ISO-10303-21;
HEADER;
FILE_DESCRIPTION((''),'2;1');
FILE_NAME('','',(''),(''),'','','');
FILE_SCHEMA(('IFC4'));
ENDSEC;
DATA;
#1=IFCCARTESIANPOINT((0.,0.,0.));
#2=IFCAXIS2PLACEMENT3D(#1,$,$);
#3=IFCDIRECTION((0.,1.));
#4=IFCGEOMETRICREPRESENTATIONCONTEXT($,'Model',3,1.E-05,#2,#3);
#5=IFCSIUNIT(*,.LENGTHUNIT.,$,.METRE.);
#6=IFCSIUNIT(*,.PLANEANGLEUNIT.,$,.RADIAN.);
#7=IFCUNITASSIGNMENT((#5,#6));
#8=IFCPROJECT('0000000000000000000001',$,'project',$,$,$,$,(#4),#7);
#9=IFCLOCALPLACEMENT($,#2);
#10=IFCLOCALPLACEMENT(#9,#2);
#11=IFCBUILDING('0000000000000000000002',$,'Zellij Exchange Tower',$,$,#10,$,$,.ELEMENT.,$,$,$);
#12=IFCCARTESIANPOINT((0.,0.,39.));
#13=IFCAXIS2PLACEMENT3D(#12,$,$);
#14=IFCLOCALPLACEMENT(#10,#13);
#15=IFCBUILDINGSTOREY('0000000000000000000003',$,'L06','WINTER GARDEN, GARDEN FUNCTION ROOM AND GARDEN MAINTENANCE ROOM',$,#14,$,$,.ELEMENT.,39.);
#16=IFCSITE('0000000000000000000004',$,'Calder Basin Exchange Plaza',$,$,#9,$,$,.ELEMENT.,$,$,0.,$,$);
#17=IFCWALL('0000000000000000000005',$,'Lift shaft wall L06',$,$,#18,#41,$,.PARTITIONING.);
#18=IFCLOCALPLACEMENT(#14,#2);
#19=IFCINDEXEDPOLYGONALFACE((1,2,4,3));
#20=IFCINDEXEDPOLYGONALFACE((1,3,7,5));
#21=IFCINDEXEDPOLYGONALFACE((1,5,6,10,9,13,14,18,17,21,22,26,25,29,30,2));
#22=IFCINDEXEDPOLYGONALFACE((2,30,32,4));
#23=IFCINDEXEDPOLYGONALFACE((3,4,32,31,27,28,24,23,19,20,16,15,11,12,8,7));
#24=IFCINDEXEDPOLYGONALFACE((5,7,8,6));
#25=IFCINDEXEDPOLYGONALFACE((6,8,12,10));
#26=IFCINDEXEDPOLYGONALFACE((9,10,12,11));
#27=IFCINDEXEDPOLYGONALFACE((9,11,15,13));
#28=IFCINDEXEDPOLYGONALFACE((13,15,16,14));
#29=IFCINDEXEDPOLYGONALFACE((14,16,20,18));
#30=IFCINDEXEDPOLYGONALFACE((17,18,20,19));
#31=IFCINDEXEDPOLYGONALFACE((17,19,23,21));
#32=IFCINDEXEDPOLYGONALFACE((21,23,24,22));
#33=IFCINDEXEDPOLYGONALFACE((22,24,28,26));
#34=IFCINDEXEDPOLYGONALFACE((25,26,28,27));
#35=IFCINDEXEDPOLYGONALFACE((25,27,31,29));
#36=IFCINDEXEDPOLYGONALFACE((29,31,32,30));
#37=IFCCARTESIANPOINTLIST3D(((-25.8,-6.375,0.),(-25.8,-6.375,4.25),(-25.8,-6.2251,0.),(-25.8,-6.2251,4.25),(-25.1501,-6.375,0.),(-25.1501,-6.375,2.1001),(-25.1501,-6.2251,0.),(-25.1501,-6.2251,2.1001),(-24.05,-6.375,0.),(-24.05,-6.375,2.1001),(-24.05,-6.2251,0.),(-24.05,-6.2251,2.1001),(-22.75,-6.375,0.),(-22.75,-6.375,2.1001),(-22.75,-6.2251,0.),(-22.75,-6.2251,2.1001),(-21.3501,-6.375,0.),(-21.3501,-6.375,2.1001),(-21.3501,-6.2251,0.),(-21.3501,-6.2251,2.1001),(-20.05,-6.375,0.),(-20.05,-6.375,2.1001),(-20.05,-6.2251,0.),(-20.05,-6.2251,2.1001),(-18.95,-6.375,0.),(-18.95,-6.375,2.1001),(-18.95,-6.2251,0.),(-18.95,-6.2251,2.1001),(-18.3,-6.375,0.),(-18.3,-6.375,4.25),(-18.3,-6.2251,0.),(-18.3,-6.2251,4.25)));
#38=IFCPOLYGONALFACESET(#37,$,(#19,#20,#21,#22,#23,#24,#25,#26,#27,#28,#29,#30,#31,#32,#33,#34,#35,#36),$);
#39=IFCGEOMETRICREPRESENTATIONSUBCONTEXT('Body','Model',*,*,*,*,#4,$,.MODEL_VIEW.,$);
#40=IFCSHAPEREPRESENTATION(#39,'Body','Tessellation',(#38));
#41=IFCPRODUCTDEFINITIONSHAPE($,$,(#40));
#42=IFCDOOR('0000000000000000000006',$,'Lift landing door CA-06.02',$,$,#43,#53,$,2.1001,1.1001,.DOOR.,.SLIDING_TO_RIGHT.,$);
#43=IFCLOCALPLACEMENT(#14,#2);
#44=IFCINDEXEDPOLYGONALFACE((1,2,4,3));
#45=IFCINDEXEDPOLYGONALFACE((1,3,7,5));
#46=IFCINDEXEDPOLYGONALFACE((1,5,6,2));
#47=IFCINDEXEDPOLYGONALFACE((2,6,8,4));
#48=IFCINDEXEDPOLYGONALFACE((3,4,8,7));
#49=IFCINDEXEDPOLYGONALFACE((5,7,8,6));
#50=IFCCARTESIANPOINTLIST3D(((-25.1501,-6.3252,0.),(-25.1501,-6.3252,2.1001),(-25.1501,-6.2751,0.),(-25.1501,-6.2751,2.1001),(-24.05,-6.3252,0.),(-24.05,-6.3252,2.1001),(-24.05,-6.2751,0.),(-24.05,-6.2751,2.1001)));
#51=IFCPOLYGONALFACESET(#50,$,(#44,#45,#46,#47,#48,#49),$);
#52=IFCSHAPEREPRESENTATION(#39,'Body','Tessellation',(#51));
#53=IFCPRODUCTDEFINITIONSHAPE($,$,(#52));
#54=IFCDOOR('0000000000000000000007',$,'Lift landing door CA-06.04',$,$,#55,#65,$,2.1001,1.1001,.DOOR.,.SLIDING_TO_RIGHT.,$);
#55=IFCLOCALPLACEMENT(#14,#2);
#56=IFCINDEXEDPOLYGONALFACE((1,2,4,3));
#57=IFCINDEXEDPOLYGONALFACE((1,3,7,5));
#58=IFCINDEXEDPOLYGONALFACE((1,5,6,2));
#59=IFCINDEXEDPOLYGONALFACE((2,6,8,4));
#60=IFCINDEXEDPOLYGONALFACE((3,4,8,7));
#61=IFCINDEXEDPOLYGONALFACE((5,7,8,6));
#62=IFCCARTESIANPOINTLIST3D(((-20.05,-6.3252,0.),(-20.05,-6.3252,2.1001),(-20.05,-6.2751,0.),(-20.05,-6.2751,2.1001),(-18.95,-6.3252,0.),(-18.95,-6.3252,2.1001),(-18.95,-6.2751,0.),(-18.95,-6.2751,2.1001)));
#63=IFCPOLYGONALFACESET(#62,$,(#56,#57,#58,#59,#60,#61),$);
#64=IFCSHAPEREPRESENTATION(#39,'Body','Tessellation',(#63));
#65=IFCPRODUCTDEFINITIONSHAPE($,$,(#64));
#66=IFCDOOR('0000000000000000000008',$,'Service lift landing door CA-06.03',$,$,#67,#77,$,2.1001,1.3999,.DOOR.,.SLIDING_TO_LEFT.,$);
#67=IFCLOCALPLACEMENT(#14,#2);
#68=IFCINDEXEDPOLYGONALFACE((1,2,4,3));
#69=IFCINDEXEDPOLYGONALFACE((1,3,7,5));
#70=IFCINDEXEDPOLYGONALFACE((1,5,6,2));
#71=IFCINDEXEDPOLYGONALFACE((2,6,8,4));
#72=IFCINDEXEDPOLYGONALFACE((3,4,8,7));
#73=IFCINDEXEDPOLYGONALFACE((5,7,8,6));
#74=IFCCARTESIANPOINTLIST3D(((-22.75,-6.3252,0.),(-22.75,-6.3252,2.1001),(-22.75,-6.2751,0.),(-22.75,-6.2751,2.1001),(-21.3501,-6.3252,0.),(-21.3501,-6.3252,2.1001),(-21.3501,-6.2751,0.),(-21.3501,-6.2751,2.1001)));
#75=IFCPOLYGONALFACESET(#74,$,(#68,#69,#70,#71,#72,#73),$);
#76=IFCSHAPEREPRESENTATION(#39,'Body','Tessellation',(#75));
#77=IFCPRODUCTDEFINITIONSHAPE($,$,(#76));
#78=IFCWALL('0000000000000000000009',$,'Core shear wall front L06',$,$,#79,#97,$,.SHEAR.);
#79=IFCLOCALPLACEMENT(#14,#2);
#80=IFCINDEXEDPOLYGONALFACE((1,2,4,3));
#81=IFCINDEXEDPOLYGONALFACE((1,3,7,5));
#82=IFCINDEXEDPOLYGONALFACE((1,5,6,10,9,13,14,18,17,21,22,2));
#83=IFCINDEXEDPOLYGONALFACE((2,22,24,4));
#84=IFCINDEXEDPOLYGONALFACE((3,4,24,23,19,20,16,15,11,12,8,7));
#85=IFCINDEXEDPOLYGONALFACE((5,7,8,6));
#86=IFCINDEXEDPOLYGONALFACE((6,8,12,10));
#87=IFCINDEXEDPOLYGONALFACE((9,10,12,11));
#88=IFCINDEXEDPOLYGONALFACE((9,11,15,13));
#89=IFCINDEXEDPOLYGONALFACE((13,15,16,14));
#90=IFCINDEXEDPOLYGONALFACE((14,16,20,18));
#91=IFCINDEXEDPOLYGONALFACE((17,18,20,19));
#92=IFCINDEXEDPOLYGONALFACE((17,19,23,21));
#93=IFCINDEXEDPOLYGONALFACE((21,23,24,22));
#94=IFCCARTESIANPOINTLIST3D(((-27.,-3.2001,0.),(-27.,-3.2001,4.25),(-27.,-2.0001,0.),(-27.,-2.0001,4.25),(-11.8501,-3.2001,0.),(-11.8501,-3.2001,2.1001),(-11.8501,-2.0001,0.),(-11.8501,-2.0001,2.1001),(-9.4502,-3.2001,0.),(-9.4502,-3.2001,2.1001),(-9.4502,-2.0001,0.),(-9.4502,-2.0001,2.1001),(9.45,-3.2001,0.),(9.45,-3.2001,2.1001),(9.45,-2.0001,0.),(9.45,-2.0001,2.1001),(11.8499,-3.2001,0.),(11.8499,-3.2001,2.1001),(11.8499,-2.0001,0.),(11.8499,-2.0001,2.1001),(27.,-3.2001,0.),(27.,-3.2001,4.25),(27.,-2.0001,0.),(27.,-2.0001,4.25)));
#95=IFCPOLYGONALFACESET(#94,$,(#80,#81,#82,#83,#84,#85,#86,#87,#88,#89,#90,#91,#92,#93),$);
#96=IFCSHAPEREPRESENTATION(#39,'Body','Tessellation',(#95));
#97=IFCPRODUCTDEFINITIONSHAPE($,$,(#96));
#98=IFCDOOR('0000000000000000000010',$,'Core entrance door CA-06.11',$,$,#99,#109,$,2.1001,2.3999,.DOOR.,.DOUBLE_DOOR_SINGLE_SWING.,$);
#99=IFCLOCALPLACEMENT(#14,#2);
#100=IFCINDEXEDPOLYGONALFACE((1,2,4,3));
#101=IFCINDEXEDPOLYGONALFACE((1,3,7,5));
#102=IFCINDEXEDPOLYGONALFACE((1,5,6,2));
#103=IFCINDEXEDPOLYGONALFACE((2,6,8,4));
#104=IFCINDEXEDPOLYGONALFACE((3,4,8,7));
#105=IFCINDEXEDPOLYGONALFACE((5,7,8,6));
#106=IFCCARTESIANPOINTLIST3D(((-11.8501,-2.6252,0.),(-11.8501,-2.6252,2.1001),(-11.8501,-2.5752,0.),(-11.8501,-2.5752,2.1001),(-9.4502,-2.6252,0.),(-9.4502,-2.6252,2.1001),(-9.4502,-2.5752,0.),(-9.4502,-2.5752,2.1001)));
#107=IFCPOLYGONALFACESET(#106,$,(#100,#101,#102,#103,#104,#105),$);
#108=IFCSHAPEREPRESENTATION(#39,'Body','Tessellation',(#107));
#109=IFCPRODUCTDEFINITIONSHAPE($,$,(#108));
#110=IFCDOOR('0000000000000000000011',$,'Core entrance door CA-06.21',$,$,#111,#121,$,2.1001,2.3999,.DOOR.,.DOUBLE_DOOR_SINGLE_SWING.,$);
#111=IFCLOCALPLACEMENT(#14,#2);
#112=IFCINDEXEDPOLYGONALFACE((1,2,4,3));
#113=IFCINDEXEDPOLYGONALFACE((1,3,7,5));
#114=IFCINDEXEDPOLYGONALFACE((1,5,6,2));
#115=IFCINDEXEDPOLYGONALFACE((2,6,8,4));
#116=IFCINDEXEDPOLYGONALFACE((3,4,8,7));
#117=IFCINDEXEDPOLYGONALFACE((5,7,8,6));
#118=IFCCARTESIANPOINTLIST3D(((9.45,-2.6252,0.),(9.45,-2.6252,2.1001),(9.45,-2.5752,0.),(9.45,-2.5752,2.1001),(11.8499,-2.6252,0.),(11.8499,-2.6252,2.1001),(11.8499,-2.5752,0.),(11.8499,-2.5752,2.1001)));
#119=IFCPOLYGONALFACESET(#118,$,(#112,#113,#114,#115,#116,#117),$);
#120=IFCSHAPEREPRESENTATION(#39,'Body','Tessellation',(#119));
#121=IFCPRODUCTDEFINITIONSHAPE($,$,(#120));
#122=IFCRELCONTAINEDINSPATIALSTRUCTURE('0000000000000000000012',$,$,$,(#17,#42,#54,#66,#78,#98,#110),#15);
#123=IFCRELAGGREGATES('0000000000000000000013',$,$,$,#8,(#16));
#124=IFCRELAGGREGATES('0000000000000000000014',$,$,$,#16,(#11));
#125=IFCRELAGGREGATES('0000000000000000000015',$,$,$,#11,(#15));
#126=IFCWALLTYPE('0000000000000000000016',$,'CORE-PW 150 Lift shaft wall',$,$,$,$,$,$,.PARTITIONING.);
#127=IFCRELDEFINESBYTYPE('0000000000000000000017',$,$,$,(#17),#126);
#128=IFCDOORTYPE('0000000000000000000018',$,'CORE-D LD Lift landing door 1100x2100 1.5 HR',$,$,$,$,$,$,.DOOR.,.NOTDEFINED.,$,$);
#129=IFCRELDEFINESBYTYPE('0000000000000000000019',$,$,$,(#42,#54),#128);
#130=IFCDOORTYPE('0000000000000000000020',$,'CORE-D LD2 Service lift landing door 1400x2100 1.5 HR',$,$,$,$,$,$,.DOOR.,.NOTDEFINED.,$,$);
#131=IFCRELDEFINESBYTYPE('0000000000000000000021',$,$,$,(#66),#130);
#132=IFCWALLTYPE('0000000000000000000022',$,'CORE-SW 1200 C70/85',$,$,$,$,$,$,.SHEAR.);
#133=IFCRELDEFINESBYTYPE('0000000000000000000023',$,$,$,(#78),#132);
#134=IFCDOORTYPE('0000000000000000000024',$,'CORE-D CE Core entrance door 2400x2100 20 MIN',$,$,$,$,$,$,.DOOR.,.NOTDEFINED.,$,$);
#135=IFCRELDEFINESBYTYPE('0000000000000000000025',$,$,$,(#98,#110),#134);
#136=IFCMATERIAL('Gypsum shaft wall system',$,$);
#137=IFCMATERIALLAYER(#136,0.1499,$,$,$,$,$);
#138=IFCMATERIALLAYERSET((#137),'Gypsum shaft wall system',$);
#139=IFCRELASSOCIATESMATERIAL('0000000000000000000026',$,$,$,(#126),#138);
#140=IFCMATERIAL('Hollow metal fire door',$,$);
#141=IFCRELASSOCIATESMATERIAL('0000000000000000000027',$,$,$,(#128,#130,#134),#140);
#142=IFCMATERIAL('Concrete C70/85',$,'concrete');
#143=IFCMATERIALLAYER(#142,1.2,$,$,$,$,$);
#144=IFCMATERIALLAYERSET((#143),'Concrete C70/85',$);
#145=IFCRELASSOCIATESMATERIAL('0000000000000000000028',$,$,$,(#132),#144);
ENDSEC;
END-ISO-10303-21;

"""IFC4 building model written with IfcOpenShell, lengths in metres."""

from ifc_helpers import new_model, si_unit, direction, frame, frame_2d, origin, place, context, subcontext, project, spatial, rectangle, extrude, material, layer, layer_set, type_object, element, fill, save


model = new_model("IFC4")

# Units and contexts
model_context = context("Model", 3, precision=1e-05, world=origin(), true_north=direction((0.0, 1.0)))
body_context = subcontext(model_context, "Body", "Model", "MODEL_VIEW")
ifc_project = project(units=[si_unit("LENGTHUNIT", "METRE"), si_unit("PLANEANGLEUNIT", "RADIAN")], contexts=[model_context])

# Site, building, storey
site_placement = place(None, origin())
site = spatial("IfcSite", under=ifc_project, at=site_placement, Name="Calder Basin Exchange Plaza", CompositionType="ELEMENT", RefElevation=0.0)
building_placement = place(site_placement, origin())
building = spatial("IfcBuilding", under=site, at=building_placement, Name="Zellij Exchange Tower", CompositionType="ELEMENT")
storey_placement = place(building_placement, frame((0.0, 0.0, 39.0)))
storey = spatial("IfcBuildingStorey", under=building, at=storey_placement, Name="L06", Description="WINTER GARDEN, GARDEN FUNCTION ROOM AND GARDEN MAINTENANCE ROOM", CompositionType="ELEMENT", Elevation=39.0)

# Shared definitions
ifc_material_1 = material(Name="Concrete C70/85", Category="concrete")

# Shared definitions
ifc_material_2 = material(Name="Gypsum shaft wall system")
ifc_layer_1 = layer(ifc_material_2, 0.1499)
ifc_layer_set_1 = layer_set([ifc_layer_1], Name="Gypsum shaft wall system")
wall_type_1 = type_object("IfcWallType", Name="CORE-PW 150 Lift shaft wall", PredefinedType="PARTITIONING", material=ifc_layer_set_1)

# Walls, openings, doors
wall_1_placement = place(storey_placement, frame((-25.8, -6.3, 0.0), z_axis=(0.0, 0.0, 1.0), x_axis=(1.0, 0.0, 0.0)))
wall_1 = element("IfcWall", 1, at=wall_1_placement, inside=storey, type_object=wall_type_1, Name="Lift shaft wall L06", PredefinedType="PARTITIONING", context=body_context, shape_type="SweptSolid", body=[
    extrude(rectangle(XDim=7.5, YDim=0.1499, at=frame_2d((3.75, 0.0))), origin(), (0.0, 0.0, 1.0), 4.25),
])
opening_1_placement = place(wall_1_placement, frame((0.6499, 0.0, 0.0)))
opening_1 = element("IfcOpeningElement", 2, at=opening_1_placement, cuts=wall_1, PredefinedType="OPENING", context=body_context, shape_type="SweptSolid", body=[
    extrude(rectangle(XDim=1.1001, YDim=2.1001, at=frame_2d((0.55, 1.05))), frame((0.0, 0.0869, 0.0), z_axis=(0.0, -1.0, 0.0), x_axis=(1.0, 0.0, 0.0)), (0.0, 0.0, 1.0), 0.1738),
])
opening_2_placement = place(wall_1_placement, frame((3.05, 0.0, 0.0)))
opening_2 = element("IfcOpeningElement", 3, at=opening_2_placement, cuts=wall_1, PredefinedType="OPENING", context=body_context, shape_type="SweptSolid", body=[
    extrude(rectangle(XDim=1.3999, YDim=2.1001, at=frame_2d((0.7, 1.05))), frame((0.0, 0.0869, 0.0), z_axis=(0.0, -1.0, 0.0), x_axis=(1.0, 0.0, 0.0)), (0.0, 0.0, 1.0), 0.1738),
])
opening_3_placement = place(wall_1_placement, frame((5.75, 0.0, 0.0)))
opening_3 = element("IfcOpeningElement", 4, at=opening_3_placement, cuts=wall_1, PredefinedType="OPENING", context=body_context, shape_type="SweptSolid", body=[
    extrude(rectangle(XDim=1.1001, YDim=2.1001, at=frame_2d((0.55, 1.05))), frame((0.0, 0.0869, 0.0), z_axis=(0.0, -1.0, 0.0), x_axis=(1.0, 0.0, 0.0)), (0.0, 0.0, 1.0), 0.1738),
])
ifc_material_3 = material(Name="Hollow metal fire door")
door_type_1 = type_object("IfcDoorType", Name="CORE-D LD Lift landing door 1100x2100 1.5 HR", OperationType="NOTDEFINED", PredefinedType="DOOR", material=ifc_material_3)
door_1_placement = place(opening_1_placement, origin())
door_1 = element("IfcDoor", 5, at=door_1_placement, inside=storey, type_object=door_type_1, Name="Lift landing door CA-06.02", OperationType="SLIDING_TO_RIGHT", OverallHeight=2.1001, OverallWidth=1.1001, PredefinedType="DOOR", context=body_context, shape_type="SweptSolid", body=[
    extrude(rectangle(XDim=1.1001, YDim=2.1001, at=frame_2d((0.55, 1.05))), frame((0.0, 0.0249, 0.0), z_axis=(0.0, -1.0, 0.0), x_axis=(1.0, 0.0, 0.0)), (0.0, 0.0, 1.0), 0.05),
])
fill(opening_1, door_1)
door_2_placement = place(opening_3_placement, origin())
door_2 = element("IfcDoor", 6, at=door_2_placement, inside=storey, type_object=door_type_1, Name="Lift landing door CA-06.04", OperationType="SLIDING_TO_RIGHT", OverallHeight=2.1001, OverallWidth=1.1001, PredefinedType="DOOR", context=body_context, shape_type="SweptSolid", body=[
    extrude(rectangle(XDim=1.1001, YDim=2.1001, at=frame_2d((0.55, 1.05))), frame((0.0, 0.0249, 0.0), z_axis=(0.0, -1.0, 0.0), x_axis=(1.0, 0.0, 0.0)), (0.0, 0.0, 1.0), 0.05),
])
fill(opening_3, door_2)
door_type_2 = type_object("IfcDoorType", Name="CORE-D LD2 Service lift landing door 1400x2100 1.5 HR", OperationType="NOTDEFINED", PredefinedType="DOOR", material=ifc_material_3)
door_3_placement = place(opening_2_placement, origin())
door_3 = element("IfcDoor", 7, at=door_3_placement, inside=storey, type_object=door_type_2, Name="Service lift landing door CA-06.03", OperationType="SLIDING_TO_LEFT", OverallHeight=2.1001, OverallWidth=1.3999, PredefinedType="DOOR", context=body_context, shape_type="SweptSolid", body=[
    extrude(rectangle(XDim=1.3999, YDim=2.1001, at=frame_2d((0.7, 1.05))), frame((0.0, 0.0249, 0.0), z_axis=(0.0, -1.0, 0.0), x_axis=(1.0, 0.0, 0.0)), (0.0, 0.0, 1.0), 0.05),
])
fill(opening_2, door_3)
ifc_layer_2 = layer(ifc_material_1, 1.2)
ifc_layer_set_2 = layer_set([ifc_layer_2], Name="Concrete C70/85")
wall_type_2 = type_object("IfcWallType", Name="CORE-SW 1200 C70/85", PredefinedType="SHEAR", material=ifc_layer_set_2)
wall_2_placement = place(storey_placement, frame((-27.0, -2.6001, 0.0), z_axis=(0.0, 0.0, 1.0), x_axis=(1.0, 0.0, 0.0)))
wall_2 = element("IfcWall", 8, at=wall_2_placement, inside=storey, type_object=wall_type_2, Name="Core shear wall front L06", PredefinedType="SHEAR", context=body_context, shape_type="SweptSolid", body=[
    extrude(rectangle(XDim=54.0, YDim=1.2, at=frame_2d((27.0, 0.0))), origin(), (0.0, 0.0, 1.0), 4.25),
])
opening_4_placement = place(wall_2_placement, frame((15.1499, 0.0, 0.0)))
opening_4 = element("IfcOpeningElement", 9, at=opening_4_placement, cuts=wall_2, PredefinedType="OPENING", context=body_context, shape_type="SweptSolid", body=[
    extrude(rectangle(XDim=2.3999, YDim=2.1001, at=frame_2d((1.2, 1.05))), frame((0.0, 0.6118, 0.0), z_axis=(0.0, -1.0, 0.0), x_axis=(1.0, 0.0, 0.0)), (0.0, 0.0, 1.0), 1.2239),
])
opening_5_placement = place(wall_2_placement, frame((36.45, 0.0, 0.0)))
opening_5 = element("IfcOpeningElement", 10, at=opening_5_placement, cuts=wall_2, PredefinedType="OPENING", context=body_context, shape_type="SweptSolid", body=[
    extrude(rectangle(XDim=2.3999, YDim=2.1001, at=frame_2d((1.2, 1.05))), frame((0.0, 0.6118, 0.0), z_axis=(0.0, -1.0, 0.0), x_axis=(1.0, 0.0, 0.0)), (0.0, 0.0, 1.0), 1.2239),
])
door_type_3 = type_object("IfcDoorType", Name="CORE-D CE Core entrance door 2400x2100 20 MIN", OperationType="NOTDEFINED", PredefinedType="DOOR", material=ifc_material_3)
door_4_placement = place(opening_4_placement, origin())
door_4 = element("IfcDoor", 11, at=door_4_placement, inside=storey, type_object=door_type_3, Name="Core entrance door CA-06.11", OperationType="DOUBLE_DOOR_SINGLE_SWING", OverallHeight=2.1001, OverallWidth=2.3999, PredefinedType="DOOR", context=body_context, shape_type="SweptSolid", body=[
    extrude(rectangle(XDim=2.3999, YDim=2.1001, at=frame_2d((1.2, 1.05))), frame((0.0, 0.0249, 0.0), z_axis=(0.0, -1.0, 0.0), x_axis=(1.0, 0.0, 0.0)), (0.0, 0.0, 1.0), 0.05),
])
fill(opening_4, door_4)
door_5_placement = place(opening_5_placement, origin())
door_5 = element("IfcDoor", 12, at=door_5_placement, inside=storey, type_object=door_type_3, Name="Core entrance door CA-06.21", OperationType="DOUBLE_DOOR_SINGLE_SWING", OverallHeight=2.1001, OverallWidth=2.3999, PredefinedType="DOOR", context=body_context, shape_type="SweptSolid", body=[
    extrude(rectangle(XDim=2.3999, YDim=2.1001, at=frame_2d((1.2, 1.05))), frame((0.0, 0.0249, 0.0), z_axis=(0.0, -1.0, 0.0), x_axis=(1.0, 0.0, 0.0)), (0.0, 0.0, 1.0), 0.05),
])
fill(opening_5, door_5)

save(model, "model.ifc")
